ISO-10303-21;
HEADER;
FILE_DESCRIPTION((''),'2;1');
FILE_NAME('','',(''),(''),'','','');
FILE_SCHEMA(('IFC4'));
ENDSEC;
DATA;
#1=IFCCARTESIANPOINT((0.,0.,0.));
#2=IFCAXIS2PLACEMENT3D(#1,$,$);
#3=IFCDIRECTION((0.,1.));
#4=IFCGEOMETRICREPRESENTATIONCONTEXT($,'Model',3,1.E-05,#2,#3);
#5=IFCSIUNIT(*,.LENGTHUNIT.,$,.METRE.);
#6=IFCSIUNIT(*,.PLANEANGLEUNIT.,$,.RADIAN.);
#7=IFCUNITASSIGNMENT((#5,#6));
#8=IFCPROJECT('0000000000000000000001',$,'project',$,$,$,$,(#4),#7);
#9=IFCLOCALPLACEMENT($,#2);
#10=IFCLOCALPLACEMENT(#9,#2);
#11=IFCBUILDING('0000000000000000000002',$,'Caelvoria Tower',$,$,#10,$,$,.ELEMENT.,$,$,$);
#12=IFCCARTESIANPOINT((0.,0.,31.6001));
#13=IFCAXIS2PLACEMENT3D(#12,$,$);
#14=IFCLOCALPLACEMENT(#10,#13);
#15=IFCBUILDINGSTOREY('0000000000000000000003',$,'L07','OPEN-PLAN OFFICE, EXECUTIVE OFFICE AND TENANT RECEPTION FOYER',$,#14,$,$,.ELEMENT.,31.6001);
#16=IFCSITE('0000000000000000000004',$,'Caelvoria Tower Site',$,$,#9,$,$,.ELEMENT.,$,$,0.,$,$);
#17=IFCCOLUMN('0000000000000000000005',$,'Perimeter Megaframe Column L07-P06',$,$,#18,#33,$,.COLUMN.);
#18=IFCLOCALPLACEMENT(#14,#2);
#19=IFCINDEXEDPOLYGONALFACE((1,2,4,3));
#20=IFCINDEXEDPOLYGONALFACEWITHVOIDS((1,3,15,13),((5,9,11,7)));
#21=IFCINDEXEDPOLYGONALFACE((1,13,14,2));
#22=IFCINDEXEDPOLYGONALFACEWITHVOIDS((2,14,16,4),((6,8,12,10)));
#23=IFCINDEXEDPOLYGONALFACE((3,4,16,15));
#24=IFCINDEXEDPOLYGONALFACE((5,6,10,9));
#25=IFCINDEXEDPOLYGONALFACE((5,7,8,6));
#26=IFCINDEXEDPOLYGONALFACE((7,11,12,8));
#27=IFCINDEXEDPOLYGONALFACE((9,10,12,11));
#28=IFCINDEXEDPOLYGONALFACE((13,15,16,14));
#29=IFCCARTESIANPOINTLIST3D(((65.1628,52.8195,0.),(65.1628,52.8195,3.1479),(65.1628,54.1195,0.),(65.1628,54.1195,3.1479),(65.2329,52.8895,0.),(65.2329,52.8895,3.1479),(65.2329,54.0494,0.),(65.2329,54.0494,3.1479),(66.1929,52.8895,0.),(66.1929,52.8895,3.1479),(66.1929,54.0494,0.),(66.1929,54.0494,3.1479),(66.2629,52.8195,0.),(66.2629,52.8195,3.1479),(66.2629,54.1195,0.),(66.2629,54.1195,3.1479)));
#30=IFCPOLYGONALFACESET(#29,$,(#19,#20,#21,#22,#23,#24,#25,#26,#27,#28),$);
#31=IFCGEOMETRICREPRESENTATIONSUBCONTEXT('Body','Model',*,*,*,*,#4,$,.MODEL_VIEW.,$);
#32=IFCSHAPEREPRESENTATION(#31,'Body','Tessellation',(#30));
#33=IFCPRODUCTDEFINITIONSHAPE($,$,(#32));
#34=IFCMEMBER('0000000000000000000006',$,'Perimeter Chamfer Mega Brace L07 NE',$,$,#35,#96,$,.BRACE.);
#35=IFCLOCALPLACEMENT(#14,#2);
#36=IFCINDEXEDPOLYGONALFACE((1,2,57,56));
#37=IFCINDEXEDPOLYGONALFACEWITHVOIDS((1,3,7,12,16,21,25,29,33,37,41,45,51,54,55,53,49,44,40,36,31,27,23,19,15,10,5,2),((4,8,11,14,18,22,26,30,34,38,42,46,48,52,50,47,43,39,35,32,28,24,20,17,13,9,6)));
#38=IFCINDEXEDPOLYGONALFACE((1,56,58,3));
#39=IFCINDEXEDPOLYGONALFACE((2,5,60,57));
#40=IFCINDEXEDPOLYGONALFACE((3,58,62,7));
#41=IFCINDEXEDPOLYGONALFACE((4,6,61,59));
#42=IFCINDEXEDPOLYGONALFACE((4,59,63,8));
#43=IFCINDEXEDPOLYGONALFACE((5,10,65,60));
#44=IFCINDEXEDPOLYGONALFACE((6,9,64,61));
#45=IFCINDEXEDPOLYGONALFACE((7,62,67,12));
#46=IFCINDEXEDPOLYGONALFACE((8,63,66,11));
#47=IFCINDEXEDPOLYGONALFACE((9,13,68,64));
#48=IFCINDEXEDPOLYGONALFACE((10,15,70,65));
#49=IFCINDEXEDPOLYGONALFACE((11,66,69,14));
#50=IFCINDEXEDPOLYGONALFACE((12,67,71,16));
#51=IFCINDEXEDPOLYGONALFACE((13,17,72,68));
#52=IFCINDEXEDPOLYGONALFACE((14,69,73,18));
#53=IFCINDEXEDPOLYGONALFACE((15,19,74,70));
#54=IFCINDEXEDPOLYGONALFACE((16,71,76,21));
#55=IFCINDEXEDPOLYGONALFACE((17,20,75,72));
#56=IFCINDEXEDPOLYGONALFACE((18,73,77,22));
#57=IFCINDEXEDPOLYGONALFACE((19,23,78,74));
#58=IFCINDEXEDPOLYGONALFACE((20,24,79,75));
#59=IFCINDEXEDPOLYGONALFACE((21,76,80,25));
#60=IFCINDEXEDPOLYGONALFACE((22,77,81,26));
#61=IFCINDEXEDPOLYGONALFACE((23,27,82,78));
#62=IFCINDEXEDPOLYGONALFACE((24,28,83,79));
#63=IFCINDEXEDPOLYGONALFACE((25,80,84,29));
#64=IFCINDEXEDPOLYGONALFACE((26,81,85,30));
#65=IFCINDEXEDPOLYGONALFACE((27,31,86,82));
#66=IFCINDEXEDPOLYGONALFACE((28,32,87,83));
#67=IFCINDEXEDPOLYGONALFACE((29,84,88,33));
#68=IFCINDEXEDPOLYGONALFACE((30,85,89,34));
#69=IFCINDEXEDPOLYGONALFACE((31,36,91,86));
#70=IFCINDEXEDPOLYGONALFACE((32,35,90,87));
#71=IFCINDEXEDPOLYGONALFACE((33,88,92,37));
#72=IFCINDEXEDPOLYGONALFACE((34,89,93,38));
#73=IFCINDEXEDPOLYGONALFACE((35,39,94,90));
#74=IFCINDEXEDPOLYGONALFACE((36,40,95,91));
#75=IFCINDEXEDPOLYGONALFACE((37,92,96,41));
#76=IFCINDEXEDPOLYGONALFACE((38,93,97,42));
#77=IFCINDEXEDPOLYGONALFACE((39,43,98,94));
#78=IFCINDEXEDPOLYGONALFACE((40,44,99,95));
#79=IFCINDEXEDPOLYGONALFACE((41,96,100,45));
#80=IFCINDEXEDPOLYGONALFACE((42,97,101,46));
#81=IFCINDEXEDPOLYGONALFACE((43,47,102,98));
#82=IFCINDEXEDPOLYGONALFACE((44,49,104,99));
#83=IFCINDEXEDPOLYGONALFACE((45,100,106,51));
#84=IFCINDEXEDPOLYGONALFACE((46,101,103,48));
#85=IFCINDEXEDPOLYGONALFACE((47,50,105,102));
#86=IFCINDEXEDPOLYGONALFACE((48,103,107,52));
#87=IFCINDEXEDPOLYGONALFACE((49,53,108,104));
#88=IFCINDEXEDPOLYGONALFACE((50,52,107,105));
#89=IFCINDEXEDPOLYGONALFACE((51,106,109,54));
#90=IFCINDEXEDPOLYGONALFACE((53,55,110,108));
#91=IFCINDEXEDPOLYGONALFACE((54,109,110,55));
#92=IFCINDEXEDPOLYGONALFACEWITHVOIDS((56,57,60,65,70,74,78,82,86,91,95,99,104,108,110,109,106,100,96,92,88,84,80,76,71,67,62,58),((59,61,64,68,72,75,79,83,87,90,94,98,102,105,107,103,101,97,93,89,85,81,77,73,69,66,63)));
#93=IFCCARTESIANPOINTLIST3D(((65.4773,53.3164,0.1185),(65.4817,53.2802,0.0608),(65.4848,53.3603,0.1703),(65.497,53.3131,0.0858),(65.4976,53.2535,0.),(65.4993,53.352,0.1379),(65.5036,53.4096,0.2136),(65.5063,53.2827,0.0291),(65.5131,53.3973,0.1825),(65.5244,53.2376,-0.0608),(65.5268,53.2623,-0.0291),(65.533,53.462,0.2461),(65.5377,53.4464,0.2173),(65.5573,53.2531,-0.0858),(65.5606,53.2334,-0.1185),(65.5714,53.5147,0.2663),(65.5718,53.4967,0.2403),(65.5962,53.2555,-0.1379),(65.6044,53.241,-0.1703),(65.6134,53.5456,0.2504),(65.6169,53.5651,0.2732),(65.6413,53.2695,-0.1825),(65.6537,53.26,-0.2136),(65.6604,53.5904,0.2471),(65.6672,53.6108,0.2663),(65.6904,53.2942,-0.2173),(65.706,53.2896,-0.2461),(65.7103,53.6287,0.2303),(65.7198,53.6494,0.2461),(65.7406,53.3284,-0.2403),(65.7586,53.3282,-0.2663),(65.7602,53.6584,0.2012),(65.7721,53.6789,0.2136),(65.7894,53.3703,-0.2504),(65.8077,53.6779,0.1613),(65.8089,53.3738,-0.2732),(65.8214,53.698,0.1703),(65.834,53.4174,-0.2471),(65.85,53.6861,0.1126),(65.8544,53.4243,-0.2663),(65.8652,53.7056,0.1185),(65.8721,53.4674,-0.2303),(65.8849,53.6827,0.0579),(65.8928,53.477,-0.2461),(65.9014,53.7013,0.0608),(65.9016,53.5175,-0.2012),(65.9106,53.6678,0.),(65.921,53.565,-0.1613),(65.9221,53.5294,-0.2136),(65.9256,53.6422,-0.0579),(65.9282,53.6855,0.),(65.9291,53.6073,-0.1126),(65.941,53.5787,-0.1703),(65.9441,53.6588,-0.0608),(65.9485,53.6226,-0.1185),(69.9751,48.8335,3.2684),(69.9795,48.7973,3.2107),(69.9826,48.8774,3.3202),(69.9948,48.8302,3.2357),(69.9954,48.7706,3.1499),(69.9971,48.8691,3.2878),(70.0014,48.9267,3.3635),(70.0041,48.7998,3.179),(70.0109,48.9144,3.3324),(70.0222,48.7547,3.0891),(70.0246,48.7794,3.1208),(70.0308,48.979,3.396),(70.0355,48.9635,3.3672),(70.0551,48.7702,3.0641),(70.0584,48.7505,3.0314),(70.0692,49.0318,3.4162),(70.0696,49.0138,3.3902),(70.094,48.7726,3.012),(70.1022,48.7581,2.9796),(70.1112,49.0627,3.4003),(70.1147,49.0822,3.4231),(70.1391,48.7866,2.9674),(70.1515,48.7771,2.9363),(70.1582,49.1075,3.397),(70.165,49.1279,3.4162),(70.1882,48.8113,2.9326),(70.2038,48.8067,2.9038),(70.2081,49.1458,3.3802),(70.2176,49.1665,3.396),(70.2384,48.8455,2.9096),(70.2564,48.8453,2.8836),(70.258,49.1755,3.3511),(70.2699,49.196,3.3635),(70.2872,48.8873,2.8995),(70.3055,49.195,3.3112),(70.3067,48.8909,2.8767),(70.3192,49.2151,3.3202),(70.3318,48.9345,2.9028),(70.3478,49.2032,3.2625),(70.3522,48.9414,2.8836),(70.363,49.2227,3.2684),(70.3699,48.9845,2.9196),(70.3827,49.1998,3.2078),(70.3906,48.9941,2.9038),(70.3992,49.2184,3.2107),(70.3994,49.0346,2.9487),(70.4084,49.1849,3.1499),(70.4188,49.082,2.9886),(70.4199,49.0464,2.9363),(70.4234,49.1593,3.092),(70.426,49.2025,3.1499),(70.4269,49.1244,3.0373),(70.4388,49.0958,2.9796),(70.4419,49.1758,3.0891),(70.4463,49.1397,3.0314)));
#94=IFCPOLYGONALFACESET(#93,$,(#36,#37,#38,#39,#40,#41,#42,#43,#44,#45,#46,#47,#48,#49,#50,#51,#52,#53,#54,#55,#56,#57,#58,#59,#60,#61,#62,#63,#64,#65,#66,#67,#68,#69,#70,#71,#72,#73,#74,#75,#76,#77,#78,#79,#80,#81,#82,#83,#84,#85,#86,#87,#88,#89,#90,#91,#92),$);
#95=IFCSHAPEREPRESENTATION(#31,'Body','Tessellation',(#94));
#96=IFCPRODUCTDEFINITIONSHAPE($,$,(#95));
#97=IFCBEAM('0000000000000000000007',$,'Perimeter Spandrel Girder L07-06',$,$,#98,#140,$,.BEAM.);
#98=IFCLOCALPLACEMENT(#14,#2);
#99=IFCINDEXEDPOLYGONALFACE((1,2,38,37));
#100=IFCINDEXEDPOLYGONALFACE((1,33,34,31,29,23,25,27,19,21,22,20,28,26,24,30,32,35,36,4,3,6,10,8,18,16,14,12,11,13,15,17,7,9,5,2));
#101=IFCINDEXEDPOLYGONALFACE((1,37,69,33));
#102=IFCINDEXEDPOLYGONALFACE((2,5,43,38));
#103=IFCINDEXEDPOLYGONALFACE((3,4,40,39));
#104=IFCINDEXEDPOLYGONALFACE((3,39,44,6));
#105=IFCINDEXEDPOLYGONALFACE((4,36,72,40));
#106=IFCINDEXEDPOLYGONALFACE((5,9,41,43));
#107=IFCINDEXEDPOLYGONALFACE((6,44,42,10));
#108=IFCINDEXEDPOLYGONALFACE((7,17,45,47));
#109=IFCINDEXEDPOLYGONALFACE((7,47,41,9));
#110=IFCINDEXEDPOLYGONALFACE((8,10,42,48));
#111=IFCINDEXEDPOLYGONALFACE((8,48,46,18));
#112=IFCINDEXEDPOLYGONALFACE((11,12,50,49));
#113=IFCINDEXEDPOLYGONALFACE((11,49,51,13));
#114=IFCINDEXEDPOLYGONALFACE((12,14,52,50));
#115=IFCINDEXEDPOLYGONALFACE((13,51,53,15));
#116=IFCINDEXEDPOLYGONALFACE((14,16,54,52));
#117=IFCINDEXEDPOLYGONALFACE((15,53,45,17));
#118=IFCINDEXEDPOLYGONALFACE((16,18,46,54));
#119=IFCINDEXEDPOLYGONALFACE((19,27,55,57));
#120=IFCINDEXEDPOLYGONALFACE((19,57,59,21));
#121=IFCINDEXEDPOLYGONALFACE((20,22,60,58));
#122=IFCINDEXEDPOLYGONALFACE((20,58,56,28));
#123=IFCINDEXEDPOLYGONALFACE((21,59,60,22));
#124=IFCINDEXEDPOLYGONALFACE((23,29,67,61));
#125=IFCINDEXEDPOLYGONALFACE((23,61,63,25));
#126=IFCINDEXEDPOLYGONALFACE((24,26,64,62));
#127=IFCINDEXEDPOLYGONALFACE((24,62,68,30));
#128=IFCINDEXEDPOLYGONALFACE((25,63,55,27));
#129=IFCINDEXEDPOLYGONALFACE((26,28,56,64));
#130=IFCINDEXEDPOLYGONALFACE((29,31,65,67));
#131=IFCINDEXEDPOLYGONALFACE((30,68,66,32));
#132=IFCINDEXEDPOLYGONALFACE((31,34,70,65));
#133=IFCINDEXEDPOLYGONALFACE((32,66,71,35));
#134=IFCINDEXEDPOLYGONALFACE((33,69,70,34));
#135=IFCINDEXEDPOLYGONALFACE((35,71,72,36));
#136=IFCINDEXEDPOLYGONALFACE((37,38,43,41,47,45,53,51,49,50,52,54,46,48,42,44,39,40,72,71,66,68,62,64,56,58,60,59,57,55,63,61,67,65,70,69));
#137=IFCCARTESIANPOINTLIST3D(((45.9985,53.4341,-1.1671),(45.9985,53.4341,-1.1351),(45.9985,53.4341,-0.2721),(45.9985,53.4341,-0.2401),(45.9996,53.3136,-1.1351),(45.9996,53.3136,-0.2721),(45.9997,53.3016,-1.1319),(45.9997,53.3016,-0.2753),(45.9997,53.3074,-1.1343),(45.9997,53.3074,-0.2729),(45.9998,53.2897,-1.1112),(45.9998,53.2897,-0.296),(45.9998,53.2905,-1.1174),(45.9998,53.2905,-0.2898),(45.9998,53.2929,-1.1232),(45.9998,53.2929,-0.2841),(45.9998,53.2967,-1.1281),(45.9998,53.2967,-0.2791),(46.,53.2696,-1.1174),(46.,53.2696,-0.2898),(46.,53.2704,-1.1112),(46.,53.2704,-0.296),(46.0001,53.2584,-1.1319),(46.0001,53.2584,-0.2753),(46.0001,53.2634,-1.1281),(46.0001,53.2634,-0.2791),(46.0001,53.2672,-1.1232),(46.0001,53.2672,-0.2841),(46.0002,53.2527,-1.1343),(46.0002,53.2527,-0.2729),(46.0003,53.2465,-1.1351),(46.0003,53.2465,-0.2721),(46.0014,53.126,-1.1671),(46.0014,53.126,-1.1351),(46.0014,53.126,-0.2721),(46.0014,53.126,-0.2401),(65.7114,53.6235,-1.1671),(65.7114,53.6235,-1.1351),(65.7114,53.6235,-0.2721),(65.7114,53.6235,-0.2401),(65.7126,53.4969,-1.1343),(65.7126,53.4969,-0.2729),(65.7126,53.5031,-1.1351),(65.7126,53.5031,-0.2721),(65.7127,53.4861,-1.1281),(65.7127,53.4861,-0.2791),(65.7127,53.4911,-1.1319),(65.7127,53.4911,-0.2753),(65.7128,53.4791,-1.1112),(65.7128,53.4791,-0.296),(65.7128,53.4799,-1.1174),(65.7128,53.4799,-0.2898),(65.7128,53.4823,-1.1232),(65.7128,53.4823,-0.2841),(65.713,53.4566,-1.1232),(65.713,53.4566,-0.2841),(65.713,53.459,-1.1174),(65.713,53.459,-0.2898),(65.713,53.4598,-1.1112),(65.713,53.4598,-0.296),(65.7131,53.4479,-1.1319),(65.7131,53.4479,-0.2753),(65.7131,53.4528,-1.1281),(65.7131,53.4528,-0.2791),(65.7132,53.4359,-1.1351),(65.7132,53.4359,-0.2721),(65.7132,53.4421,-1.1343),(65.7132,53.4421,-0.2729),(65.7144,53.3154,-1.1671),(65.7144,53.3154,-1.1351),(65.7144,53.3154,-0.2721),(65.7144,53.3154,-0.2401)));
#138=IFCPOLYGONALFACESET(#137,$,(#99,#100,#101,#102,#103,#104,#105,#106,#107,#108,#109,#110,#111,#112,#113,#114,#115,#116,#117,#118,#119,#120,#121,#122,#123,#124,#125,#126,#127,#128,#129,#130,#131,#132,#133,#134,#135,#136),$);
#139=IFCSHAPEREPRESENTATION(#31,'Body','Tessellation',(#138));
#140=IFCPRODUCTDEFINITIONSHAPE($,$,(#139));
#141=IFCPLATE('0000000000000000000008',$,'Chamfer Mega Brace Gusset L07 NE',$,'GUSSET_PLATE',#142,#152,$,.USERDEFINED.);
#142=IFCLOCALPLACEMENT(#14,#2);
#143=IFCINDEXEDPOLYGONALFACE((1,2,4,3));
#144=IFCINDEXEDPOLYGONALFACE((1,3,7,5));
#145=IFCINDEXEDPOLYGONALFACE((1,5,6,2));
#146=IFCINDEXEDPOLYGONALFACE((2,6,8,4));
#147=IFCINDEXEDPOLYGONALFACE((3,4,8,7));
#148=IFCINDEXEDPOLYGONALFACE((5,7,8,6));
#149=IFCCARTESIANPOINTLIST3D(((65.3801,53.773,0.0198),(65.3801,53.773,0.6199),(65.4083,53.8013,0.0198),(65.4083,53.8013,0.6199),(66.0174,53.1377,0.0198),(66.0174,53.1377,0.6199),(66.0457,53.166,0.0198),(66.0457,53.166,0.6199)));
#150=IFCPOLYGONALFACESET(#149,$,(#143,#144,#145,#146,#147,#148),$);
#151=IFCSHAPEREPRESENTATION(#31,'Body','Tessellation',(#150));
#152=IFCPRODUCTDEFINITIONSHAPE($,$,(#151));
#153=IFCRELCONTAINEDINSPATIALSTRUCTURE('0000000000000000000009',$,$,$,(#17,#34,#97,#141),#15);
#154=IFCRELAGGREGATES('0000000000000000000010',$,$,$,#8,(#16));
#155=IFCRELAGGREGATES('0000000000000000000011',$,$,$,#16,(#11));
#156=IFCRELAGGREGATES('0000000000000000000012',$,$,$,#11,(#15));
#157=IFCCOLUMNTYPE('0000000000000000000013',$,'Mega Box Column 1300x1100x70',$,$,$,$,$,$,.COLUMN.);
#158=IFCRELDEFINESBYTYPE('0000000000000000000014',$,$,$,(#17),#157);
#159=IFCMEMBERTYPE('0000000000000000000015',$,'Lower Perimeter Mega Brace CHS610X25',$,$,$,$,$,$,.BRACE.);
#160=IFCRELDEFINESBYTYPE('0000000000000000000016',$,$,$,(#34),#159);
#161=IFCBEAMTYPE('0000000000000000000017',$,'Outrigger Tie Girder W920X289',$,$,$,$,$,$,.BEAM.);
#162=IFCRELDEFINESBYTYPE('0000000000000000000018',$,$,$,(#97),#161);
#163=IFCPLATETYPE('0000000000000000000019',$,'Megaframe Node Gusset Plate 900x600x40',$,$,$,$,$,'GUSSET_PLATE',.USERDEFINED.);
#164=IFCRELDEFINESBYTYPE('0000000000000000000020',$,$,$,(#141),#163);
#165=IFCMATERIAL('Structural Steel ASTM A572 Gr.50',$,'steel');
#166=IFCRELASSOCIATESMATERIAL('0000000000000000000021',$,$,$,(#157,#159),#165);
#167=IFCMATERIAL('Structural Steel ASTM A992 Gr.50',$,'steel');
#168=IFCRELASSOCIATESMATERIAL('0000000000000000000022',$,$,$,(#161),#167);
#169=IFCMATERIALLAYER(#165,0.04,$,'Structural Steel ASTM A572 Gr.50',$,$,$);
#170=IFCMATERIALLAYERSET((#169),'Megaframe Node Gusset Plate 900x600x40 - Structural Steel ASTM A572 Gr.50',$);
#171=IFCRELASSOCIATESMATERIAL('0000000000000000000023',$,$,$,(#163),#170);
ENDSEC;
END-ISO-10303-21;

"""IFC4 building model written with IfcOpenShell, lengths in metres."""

from ifc_helpers import new_model, si_unit, direction, frame, origin, origin_2d, place, context, subcontext, project, spatial, rectangle, hollow_rectangle, hollow_circle, i_section, extrude, material, layer, layer_set, material_profile, profile_set, type_object, element, save


model = new_model("IFC4")

# Units and contexts
model_context = context("Model", 3, precision=1e-05, world=origin(), true_north=direction((0.0, 1.0)))
body_context = subcontext(model_context, "Body", "Model", "MODEL_VIEW")
ifc_project = project(units=[si_unit("LENGTHUNIT", "METRE"), si_unit("PLANEANGLEUNIT", "RADIAN")], contexts=[model_context])

# Site, building, storey
site_placement = place(None, origin())
site = spatial("IfcSite", under=ifc_project, at=site_placement, Name="Caelvoria Tower Site", CompositionType="ELEMENT", RefElevation=0.0)
building_placement = place(site_placement, origin())
building = spatial("IfcBuilding", under=site, at=building_placement, Name="Caelvoria Tower", CompositionType="ELEMENT")
storey_placement = place(building_placement, frame((0.0, 0.0, 31.6001)))
storey = spatial("IfcBuildingStorey", under=building, at=storey_placement, Name="L07", Description="OPEN-PLAN OFFICE, EXECUTIVE OFFICE AND TENANT RECEPTION FOYER", CompositionType="ELEMENT", Elevation=31.6001)

# Column
ifc_material_1 = material(Name="Structural Steel ASTM A572 Gr.50", Category="steel")
ifc_material_profile_1 = material_profile(ifc_material_1, hollow_rectangle(XDim=1.1001, YDim=1.3, WallThickness=0.0701, at=origin_2d()), Name="Structural Steel ASTM A572 Gr.50")
ifc_profile_set_1 = profile_set([ifc_material_profile_1], Name="BOX1300X1100X70 - Structural Steel ASTM A572 Gr.50")
column_type = type_object("IfcColumnType", Name="Mega Box Column 1300x1100x70", PredefinedType="COLUMN", material=ifc_profile_set_1)
column_placement = place(storey_placement, frame((65.7129, 53.4695, 0.0), z_axis=(0.0, 0.0, 1.0), x_axis=(1.0, 0.0, 0.0)))
element("IfcColumn", 1, at=column_placement, inside=storey, type_object=column_type, Name="Perimeter Megaframe Column L07-P06", PredefinedType="COLUMN", context=body_context, shape_type="SweptSolid", body=[
    extrude(hollow_rectangle(XDim=1.1001, YDim=1.3, WallThickness=0.0701, at=origin_2d()), origin(), (0.0, 0.0, 1.0), 3.1479),
])

# Member
ifc_material_profile_2 = material_profile(ifc_material_1, hollow_circle(Radius=0.3049, WallThickness=0.0249, at=origin_2d()), Name="Structural Steel ASTM A572 Gr.50")
ifc_profile_set_2 = profile_set([ifc_material_profile_2], Name="CHS610X25 - Structural Steel ASTM A572 Gr.50")
member_type = type_object("IfcMemberType", Name="Lower Perimeter Mega Brace CHS610X25", PredefinedType="BRACE", material=ifc_profile_set_2)
member_placement = place(storey_placement, frame((65.7129, 53.4695, 0.0), z_axis=(0.63451, -0.632409, 0.44436), x_axis=(0.705933, 0.708278, 0.0)))
element("IfcMember", 2, at=member_placement, inside=storey, type_object=member_type, Name="Perimeter Chamfer Mega Brace L07 NE", PredefinedType="BRACE", context=body_context, shape_type="SweptSolid", body=[
    extrude(hollow_circle(Radius=0.3049, WallThickness=0.0249, at=origin_2d()), origin(), (0.0, 0.0, 1.0), 7.0886),
])

# Beam
ifc_material_2 = material(Name="Structural Steel ASTM A992 Gr.50", Category="steel")
ifc_material_profile_3 = material_profile(ifc_material_2, i_section(OverallWidth=0.3081, OverallDepth=0.927, WebThickness=0.0193, FlangeThickness=0.032, FilletRadius=0.0239, at=origin_2d()), Name="Structural Steel ASTM A992 Gr.50")
ifc_profile_set_3 = profile_set([ifc_material_profile_3], Name="W920X289 - Structural Steel ASTM A992 Gr.50")
beam_type = type_object("IfcBeamType", Name="Outrigger Tie Girder W920X289", PredefinedType="BEAM", material=ifc_profile_set_3)
beam_placement = place(storey_placement, frame((65.7129, 53.4695, -0.7036), z_axis=(-0.999954, -0.00961, 0.0), x_axis=(0.00961, -0.999954, 0.0)))
element("IfcBeam", 3, at=beam_placement, inside=storey, type_object=beam_type, Name="Perimeter Spandrel Girder L07-06", PredefinedType="BEAM", context=body_context, shape_type="SweptSolid", body=[
    extrude(i_section(OverallWidth=0.3081, OverallDepth=0.927, WebThickness=0.0193, FlangeThickness=0.032, FilletRadius=0.0239, at=origin_2d()), origin(), (0.0, 0.0, 1.0), 19.7139),
])

# Plate
ifc_layer_1 = layer(ifc_material_1, 0.04, Name="Structural Steel ASTM A572 Gr.50")
ifc_layer_set_1 = layer_set([ifc_layer_1], Name="Megaframe Node Gusset Plate 900x600x40 - Structural Steel ASTM A572 Gr.50")
plate_type = type_object("IfcPlateType", Name="Megaframe Node Gusset Plate 900x600x40", ElementType="GUSSET_PLATE", PredefinedType="USERDEFINED", material=ifc_layer_set_1)
plate_placement = place(storey_placement, frame((65.7129, 53.4695, 0.0198), z_axis=(0.0, 0.0, 1.0), x_axis=(0.708247, -0.705964, 0.0)))
element("IfcPlate", 4, at=plate_placement, inside=storey, type_object=plate_type, Name="Chamfer Mega Brace Gusset L07 NE", ObjectType="GUSSET_PLATE", PredefinedType="USERDEFINED", context=body_context, shape_type="SweptSolid", body=[
    extrude(rectangle(XDim=0.8999, YDim=0.04, at=origin_2d()), origin(), (0.0, 0.0, 1.0), 0.6001),
])

save(model, "model.ifc")
